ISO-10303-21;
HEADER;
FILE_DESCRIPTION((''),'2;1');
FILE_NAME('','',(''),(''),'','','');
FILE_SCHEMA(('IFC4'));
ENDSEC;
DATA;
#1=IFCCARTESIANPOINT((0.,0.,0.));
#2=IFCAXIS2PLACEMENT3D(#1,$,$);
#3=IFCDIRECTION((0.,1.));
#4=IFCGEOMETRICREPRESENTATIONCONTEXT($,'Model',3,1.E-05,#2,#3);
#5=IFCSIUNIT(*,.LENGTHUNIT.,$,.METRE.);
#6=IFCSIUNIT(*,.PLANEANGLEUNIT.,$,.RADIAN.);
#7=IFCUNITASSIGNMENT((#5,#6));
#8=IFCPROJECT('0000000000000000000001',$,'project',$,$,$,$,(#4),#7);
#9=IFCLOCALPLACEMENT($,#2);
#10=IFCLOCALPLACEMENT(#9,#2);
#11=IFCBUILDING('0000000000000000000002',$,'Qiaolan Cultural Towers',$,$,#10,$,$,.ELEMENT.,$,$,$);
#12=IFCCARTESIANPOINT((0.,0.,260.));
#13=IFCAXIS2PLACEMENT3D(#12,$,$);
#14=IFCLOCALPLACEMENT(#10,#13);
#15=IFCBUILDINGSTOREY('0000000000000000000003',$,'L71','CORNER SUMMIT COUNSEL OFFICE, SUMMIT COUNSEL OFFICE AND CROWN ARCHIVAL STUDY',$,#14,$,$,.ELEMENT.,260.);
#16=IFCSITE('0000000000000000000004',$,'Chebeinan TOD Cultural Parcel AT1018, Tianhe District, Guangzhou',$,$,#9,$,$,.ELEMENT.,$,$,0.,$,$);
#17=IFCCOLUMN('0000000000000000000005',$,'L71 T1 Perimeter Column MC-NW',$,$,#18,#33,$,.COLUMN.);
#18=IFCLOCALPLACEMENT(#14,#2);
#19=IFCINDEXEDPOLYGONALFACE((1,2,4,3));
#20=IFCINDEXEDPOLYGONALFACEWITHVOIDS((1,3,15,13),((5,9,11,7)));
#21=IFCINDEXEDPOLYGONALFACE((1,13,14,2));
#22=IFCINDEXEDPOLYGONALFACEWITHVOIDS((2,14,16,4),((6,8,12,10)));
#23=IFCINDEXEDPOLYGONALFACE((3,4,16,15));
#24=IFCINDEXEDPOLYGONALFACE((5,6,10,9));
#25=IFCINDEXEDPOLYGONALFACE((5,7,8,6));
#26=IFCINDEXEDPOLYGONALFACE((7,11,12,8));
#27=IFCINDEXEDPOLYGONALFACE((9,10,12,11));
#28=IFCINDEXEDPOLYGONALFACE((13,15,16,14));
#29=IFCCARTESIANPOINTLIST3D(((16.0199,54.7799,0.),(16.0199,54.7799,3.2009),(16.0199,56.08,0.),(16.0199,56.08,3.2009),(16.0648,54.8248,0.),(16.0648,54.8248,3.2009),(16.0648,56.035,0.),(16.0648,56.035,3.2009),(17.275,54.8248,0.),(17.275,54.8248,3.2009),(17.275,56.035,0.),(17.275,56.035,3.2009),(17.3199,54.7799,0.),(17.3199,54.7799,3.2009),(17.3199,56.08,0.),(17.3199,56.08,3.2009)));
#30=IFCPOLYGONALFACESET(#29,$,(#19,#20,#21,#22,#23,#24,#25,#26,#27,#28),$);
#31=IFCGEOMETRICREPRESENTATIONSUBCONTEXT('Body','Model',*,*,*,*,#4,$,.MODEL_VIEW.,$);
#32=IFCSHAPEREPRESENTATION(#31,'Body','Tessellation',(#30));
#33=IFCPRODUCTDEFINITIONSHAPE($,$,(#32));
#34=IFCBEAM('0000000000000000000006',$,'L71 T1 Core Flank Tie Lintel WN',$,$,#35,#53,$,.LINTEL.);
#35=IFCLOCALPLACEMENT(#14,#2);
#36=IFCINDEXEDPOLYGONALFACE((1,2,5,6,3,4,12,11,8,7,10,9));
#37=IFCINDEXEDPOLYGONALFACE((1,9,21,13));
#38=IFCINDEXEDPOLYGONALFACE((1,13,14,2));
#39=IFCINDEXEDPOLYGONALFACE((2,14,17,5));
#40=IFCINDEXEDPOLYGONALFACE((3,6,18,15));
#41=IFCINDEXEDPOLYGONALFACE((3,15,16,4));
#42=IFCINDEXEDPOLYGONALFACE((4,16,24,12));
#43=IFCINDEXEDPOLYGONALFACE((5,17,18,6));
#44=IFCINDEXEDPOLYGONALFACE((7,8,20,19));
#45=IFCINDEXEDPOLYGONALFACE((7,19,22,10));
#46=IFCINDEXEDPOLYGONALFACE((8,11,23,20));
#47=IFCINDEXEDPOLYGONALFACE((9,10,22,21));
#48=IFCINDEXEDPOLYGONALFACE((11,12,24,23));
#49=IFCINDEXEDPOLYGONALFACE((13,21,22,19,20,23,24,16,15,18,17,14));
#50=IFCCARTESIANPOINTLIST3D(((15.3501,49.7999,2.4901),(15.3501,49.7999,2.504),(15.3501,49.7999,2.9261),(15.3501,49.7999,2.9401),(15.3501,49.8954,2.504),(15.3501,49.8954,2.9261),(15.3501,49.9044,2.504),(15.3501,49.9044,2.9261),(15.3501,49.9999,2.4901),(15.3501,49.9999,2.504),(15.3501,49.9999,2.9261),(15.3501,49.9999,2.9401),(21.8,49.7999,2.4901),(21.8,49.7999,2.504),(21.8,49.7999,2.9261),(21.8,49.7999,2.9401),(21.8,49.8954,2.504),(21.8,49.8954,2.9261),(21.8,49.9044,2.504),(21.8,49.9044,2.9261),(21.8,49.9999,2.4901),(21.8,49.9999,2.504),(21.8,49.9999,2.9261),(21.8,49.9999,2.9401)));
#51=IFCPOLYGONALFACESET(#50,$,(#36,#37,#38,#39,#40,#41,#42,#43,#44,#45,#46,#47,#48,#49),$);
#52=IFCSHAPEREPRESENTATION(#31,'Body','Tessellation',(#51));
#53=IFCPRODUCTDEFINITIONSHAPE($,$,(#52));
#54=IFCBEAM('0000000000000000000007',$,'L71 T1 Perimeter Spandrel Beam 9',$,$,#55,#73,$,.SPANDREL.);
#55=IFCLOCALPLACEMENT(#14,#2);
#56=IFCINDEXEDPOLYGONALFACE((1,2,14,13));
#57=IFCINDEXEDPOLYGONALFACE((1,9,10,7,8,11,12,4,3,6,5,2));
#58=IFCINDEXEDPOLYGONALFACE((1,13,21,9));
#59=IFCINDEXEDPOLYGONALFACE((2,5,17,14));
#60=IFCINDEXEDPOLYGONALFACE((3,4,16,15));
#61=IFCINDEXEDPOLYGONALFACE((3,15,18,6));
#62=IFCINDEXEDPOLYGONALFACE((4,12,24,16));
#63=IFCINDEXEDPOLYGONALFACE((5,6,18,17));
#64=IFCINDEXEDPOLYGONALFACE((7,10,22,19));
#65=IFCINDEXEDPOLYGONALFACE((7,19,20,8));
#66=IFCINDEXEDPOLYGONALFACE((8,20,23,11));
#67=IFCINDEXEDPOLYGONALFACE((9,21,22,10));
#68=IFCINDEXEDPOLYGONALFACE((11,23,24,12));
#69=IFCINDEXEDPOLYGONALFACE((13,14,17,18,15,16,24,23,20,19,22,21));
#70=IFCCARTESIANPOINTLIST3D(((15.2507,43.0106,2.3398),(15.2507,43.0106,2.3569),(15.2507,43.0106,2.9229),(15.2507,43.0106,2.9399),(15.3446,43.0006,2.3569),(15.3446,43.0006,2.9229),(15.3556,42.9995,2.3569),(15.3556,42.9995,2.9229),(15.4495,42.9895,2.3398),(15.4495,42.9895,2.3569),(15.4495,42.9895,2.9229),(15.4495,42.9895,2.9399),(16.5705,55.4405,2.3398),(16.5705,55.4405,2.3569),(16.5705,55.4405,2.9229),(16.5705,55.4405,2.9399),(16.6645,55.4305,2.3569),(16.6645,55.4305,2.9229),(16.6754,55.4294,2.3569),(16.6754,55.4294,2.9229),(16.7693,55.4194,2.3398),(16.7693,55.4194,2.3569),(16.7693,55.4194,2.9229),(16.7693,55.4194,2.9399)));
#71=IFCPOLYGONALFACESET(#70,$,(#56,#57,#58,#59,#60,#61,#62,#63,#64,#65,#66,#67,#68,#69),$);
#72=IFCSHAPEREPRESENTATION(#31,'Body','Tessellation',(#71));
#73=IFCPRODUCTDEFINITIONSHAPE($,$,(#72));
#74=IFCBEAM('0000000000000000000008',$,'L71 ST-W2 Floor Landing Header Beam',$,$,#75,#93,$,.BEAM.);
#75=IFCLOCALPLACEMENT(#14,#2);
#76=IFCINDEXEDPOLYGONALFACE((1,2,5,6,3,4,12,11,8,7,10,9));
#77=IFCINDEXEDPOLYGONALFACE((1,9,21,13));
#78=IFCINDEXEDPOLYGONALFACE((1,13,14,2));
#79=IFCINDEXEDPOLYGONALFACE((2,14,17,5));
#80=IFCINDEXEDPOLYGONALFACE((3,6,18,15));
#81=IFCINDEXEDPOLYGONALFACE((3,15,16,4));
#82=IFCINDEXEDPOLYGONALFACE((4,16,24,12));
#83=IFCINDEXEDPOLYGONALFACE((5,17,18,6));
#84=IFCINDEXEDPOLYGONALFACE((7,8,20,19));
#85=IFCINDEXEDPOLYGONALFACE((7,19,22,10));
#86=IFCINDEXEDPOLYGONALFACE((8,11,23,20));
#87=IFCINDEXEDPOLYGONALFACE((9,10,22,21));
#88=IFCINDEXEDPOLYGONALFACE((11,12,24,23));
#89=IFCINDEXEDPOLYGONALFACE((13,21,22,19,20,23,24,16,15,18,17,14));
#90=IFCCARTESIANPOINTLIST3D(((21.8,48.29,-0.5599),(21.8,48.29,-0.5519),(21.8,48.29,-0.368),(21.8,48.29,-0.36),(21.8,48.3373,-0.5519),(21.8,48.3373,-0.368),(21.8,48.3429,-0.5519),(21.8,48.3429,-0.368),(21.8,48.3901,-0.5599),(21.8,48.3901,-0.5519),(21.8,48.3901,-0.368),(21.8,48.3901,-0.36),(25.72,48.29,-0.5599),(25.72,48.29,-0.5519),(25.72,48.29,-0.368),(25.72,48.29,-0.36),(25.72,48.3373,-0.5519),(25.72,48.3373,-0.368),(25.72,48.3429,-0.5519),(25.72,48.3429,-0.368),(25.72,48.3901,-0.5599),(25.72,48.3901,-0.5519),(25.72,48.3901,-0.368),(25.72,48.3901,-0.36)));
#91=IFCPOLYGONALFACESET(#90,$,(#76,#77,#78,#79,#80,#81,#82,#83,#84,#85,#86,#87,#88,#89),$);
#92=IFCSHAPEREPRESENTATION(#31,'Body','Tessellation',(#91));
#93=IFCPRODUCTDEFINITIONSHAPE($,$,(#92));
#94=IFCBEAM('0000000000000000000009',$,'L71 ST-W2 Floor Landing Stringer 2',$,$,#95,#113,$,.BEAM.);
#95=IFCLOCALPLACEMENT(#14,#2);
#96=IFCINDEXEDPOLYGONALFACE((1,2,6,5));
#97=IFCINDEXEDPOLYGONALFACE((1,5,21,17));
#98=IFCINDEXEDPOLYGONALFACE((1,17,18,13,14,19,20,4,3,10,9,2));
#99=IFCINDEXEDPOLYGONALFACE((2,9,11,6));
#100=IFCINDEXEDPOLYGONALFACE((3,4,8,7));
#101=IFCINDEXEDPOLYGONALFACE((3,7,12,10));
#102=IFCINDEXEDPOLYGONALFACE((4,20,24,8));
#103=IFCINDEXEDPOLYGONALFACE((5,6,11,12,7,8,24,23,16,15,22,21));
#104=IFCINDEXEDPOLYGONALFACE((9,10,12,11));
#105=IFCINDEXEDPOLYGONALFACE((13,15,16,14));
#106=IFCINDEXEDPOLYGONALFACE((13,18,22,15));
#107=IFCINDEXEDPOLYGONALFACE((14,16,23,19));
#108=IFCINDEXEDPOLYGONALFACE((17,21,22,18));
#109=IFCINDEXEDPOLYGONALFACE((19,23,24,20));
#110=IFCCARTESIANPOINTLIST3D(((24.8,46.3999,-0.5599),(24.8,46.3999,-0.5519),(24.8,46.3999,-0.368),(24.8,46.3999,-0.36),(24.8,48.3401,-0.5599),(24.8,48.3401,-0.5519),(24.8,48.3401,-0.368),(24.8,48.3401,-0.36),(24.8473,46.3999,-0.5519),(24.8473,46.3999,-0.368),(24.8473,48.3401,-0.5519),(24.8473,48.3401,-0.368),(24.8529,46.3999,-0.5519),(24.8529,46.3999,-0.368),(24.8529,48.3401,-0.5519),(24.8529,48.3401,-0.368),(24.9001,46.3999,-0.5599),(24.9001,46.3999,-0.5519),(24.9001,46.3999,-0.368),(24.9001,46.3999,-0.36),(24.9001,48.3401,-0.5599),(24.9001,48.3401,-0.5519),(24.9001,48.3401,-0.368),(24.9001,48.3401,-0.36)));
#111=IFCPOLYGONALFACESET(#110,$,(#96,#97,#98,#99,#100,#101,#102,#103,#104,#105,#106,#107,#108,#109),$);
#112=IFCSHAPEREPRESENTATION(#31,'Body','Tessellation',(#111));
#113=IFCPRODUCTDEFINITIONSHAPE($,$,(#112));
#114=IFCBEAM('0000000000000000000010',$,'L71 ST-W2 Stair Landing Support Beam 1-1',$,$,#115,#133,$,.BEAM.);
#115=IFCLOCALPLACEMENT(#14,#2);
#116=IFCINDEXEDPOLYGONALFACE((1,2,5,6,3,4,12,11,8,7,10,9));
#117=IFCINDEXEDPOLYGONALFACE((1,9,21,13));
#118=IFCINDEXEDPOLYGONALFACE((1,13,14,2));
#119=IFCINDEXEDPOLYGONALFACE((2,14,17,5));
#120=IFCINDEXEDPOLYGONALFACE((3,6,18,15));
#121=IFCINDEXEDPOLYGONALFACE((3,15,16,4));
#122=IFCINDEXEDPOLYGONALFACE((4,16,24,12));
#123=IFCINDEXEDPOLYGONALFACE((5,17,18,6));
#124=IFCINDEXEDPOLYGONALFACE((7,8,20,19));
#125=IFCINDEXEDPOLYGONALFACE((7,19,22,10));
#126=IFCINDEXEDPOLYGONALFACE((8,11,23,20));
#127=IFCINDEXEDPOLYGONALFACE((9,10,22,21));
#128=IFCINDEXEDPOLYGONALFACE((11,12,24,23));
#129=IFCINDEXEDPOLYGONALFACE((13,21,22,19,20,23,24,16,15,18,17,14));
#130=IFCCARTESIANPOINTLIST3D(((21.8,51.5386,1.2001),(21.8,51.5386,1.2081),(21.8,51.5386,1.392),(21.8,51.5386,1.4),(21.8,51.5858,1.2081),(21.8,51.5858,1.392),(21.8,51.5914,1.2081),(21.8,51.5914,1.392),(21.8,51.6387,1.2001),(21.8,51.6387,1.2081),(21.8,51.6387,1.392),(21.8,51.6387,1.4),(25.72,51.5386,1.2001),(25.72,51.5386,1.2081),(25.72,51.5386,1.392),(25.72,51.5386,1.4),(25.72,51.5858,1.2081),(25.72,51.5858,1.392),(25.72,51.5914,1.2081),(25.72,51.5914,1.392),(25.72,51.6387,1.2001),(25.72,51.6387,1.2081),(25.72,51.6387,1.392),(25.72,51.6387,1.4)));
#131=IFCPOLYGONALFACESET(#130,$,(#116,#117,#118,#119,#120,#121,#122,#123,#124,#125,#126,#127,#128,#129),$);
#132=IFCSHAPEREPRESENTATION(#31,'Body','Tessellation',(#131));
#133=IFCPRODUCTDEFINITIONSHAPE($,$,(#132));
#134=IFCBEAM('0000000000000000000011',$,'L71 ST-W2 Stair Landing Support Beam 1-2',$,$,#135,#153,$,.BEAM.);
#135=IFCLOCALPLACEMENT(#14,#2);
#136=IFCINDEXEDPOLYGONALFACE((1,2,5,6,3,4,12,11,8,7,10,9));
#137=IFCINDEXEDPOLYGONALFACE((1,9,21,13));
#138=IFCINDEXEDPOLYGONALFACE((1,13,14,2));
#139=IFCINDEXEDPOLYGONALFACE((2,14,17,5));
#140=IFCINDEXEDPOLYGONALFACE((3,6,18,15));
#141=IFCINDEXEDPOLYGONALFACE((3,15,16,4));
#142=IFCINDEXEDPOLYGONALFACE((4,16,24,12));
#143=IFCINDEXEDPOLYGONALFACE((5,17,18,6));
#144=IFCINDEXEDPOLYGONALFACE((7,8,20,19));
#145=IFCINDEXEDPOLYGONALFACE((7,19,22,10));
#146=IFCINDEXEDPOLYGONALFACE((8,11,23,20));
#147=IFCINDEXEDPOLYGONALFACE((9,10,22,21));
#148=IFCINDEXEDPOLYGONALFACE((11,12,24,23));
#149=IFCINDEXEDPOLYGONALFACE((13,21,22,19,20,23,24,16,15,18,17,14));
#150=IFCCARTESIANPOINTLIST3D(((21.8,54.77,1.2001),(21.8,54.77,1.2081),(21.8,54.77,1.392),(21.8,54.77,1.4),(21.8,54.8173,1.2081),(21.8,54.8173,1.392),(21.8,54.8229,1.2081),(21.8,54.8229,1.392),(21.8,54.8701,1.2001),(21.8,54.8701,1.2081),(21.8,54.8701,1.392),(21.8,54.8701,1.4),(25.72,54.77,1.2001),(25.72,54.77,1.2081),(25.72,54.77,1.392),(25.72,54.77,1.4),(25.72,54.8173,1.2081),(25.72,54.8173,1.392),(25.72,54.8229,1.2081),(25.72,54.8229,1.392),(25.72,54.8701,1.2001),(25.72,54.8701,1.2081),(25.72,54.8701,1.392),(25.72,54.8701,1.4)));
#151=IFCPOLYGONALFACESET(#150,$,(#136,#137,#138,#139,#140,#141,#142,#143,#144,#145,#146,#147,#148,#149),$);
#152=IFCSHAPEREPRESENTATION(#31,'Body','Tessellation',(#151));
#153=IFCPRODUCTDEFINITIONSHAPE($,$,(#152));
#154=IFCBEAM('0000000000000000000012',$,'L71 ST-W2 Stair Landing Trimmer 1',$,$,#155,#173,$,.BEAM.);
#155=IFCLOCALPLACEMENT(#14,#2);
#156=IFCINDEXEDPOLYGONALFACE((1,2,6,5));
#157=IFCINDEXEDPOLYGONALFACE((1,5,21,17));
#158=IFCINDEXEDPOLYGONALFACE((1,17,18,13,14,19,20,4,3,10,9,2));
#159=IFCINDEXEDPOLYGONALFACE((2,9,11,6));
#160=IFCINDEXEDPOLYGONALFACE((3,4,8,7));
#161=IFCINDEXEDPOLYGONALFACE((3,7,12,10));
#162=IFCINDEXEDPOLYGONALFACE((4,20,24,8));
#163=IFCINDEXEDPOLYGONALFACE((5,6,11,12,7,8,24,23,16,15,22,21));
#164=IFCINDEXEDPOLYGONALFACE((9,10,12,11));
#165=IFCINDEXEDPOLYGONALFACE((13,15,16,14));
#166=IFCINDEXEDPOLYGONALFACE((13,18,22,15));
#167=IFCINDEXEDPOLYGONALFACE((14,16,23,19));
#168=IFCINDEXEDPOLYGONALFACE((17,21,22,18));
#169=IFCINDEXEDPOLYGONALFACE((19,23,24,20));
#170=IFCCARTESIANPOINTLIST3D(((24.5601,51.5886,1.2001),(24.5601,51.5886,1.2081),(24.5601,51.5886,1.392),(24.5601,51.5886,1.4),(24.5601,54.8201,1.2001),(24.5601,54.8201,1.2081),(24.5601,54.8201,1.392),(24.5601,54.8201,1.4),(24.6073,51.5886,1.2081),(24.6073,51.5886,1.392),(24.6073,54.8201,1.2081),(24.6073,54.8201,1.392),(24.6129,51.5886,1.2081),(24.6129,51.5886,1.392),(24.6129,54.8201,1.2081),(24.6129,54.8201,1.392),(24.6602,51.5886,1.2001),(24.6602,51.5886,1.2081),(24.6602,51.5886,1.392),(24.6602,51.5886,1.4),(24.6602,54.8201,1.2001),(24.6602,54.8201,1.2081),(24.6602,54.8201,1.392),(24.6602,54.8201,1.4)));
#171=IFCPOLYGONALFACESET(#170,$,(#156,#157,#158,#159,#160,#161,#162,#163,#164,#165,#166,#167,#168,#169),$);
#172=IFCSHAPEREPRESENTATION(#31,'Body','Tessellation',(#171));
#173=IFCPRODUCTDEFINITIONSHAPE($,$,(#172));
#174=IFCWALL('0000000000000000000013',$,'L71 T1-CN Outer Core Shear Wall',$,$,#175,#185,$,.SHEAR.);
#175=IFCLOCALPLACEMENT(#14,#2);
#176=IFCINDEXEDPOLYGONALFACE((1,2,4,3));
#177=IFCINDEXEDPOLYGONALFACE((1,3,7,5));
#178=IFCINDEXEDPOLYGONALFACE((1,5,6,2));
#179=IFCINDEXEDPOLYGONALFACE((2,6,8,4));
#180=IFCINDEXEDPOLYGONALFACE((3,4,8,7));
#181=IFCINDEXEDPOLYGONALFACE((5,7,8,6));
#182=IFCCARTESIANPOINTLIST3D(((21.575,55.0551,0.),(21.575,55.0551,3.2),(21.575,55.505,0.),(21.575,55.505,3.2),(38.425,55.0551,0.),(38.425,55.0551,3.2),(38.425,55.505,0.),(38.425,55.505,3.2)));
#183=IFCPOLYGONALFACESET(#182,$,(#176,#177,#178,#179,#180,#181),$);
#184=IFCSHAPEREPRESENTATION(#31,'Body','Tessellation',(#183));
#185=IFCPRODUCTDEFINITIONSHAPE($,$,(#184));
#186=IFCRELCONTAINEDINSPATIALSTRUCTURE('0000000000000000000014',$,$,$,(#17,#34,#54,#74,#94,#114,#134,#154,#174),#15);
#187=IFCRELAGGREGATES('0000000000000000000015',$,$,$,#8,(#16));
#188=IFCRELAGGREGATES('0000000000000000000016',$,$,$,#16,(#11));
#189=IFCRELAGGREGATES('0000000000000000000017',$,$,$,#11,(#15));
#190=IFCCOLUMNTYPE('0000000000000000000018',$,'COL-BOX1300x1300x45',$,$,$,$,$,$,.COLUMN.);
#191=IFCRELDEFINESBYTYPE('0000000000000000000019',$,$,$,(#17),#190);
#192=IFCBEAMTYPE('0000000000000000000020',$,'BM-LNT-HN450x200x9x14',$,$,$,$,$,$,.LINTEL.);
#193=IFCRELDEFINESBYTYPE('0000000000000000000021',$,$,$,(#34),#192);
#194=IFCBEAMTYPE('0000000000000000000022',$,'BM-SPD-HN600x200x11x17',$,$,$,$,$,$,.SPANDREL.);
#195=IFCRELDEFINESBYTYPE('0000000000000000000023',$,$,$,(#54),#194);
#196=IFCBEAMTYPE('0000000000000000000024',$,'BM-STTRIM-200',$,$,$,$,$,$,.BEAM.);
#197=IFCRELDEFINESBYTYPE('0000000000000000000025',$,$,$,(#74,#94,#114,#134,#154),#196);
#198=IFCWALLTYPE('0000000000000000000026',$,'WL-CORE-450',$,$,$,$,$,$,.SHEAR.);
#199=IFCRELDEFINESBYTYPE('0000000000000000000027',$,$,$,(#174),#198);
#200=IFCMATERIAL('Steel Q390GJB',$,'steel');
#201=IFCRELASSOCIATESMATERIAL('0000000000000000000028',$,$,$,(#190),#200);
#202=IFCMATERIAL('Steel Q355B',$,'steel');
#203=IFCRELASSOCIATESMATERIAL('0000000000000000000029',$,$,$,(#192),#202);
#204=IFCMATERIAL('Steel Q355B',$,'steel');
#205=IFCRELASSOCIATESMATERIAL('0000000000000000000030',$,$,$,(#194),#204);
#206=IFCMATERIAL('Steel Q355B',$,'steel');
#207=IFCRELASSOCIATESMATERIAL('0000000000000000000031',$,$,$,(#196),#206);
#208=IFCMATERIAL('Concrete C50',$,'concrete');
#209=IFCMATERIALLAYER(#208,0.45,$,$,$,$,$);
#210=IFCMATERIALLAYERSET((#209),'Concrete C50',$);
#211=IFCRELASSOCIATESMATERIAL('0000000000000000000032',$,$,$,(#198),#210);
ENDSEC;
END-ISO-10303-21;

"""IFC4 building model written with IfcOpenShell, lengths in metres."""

from ifc_helpers import new_model, si_unit, direction, frame, frame_2d, origin, origin_2d, place, context, subcontext, project, spatial, rectangle, hollow_rectangle, i_section, extrude, material, layer, layer_set, material_profile, profile_set, type_object, element, save


model = new_model("IFC4")

# Units and contexts
model_context = context("Model", 3, precision=1e-05, world=origin(), true_north=direction((0.0, 1.0)))
body_context = subcontext(model_context, "Body", "Model", "MODEL_VIEW")
ifc_project = project(units=[si_unit("LENGTHUNIT", "METRE"), si_unit("PLANEANGLEUNIT", "RADIAN")], contexts=[model_context])

# Site, building, storey
site_placement = place(None, origin())
site = spatial("IfcSite", under=ifc_project, at=site_placement, Name="Chebeinan TOD Cultural Parcel AT1018, Tianhe District, Guangzhou", CompositionType="ELEMENT", RefElevation=0.0)
building_placement = place(site_placement, origin())
building = spatial("IfcBuilding", under=site, at=building_placement, Name="Qiaolan Cultural Towers", CompositionType="ELEMENT")
storey_placement = place(building_placement, frame((0.0, 0.0, 260.0)))
storey = spatial("IfcBuildingStorey", under=building, at=storey_placement, Name="L71", Description="CORNER SUMMIT COUNSEL OFFICE, SUMMIT COUNSEL OFFICE AND CROWN ARCHIVAL STUDY", CompositionType="ELEMENT", Elevation=260.0)

# Column
ifc_material_1 = material(Name="Steel Q390GJB", Category="steel")
ifc_material_profile_1 = material_profile(ifc_material_1, hollow_rectangle(XDim=1.3, YDim=1.3, WallThickness=0.0449, at=origin_2d()), Name="BOX1300x1300x45")
ifc_profile_set_1 = profile_set([ifc_material_profile_1], Name="Steel Q390GJB")
column_type = type_object("IfcColumnType", Name="COL-BOX1300x1300x45", PredefinedType="COLUMN", material=ifc_profile_set_1)
column_placement = place(storey_placement, frame((16.6699, 55.4299, 0.0), z_axis=(0.0, 0.0, 1.0), x_axis=(1.0, 0.0, 0.0)))
element("IfcColumn", 1, at=column_placement, inside=storey, type_object=column_type, Name="L71 T1 Perimeter Column MC-NW", PredefinedType="COLUMN", context=body_context, shape_type="SweptSolid", body=[
    extrude(hollow_rectangle(XDim=1.3, YDim=1.3, WallThickness=0.0449, at=origin_2d()), origin(), (0.0, 0.0, 1.0), 3.2009),
])

# Beams
ifc_material_2 = material(Name="Steel Q355B", Category="steel")
ifc_material_profile_2 = material_profile(ifc_material_2, i_section(OverallWidth=0.2, OverallDepth=0.45, WebThickness=0.009, FlangeThickness=0.0139, at=origin_2d()), Name="HN450x200x9x14")
ifc_profile_set_2 = profile_set([ifc_material_profile_2], Name="Steel Q355B")
beam_type_1 = type_object("IfcBeamType", Name="BM-LNT-HN450x200x9x14", PredefinedType="LINTEL", material=ifc_profile_set_2)
beam_1_placement = place(storey_placement, frame((21.8, 49.8999, 2.7151), z_axis=(-1.0, 0.0, 0.0), x_axis=(0.0, -1.0, 0.0)))
element("IfcBeam", 2, at=beam_1_placement, inside=storey, type_object=beam_type_1, Name="L71 T1 Core Flank Tie Lintel WN", PredefinedType="LINTEL", context=body_context, shape_type="SweptSolid", body=[
    extrude(i_section(OverallWidth=0.2, OverallDepth=0.45, WebThickness=0.009, FlangeThickness=0.0139, at=origin_2d()), origin(), (0.0, 0.0, 1.0), 6.45),
])
ifc_material_3 = material(Name="Steel Q355B", Category="steel")
ifc_material_profile_3 = material_profile(ifc_material_3, i_section(OverallWidth=0.2, OverallDepth=0.6001, WebThickness=0.011, FlangeThickness=0.0171, at=origin_2d()), Name="HN600x200x11x17")
ifc_profile_set_3 = profile_set([ifc_material_profile_3], Name="Steel Q355B")
beam_type_2 = type_object("IfcBeamType", Name="BM-SPD-HN600x200x11x17", PredefinedType="SPANDREL", material=ifc_profile_set_3)
beam_2_placement = place(storey_placement, frame((16.6699, 55.4299, 2.6399), z_axis=(-0.105588, -0.99441, 0.0), x_axis=(0.99441, -0.105588, 0.0)))
element("IfcBeam", 3, at=beam_2_placement, inside=storey, type_object=beam_type_2, Name="L71 T1 Perimeter Spandrel Beam 9", PredefinedType="SPANDREL", context=body_context, shape_type="SweptSolid", body=[
    extrude(i_section(OverallWidth=0.2, OverallDepth=0.6001, WebThickness=0.011, FlangeThickness=0.0171, at=origin_2d()), origin(), (0.0, 0.0, 1.0), 12.4998),
])
ifc_material_4 = material(Name="Steel Q355B", Category="steel")
ifc_material_profile_4 = material_profile(ifc_material_4, i_section(OverallWidth=0.1001, OverallDepth=0.2, WebThickness=0.0056, FlangeThickness=0.0081, at=origin_2d()), Name="HN200x100x5.5x8")
ifc_profile_set_4 = profile_set([ifc_material_profile_4], Name="Steel Q355B")
beam_type_3 = type_object("IfcBeamType", Name="BM-STTRIM-200", PredefinedType="BEAM", material=ifc_profile_set_4)
beam_3_placement = place(storey_placement, frame((21.8, 48.3401, -0.46), z_axis=(1.0, 0.0, 0.0), x_axis=(0.0, 1.0, 0.0)))
element("IfcBeam", 4, at=beam_3_placement, inside=storey, type_object=beam_type_3, Name="L71 ST-W2 Floor Landing Header Beam", PredefinedType="BEAM", context=body_context, shape_type="SweptSolid", body=[
    extrude(i_section(OverallWidth=0.1001, OverallDepth=0.2, WebThickness=0.0056, FlangeThickness=0.0081, at=origin_2d()), origin(), (0.0, 0.0, 1.0), 3.9199),
])
beam_4_placement = place(storey_placement, frame((24.8501, 46.3999, -0.46), z_axis=(0.0, 1.0, 0.0), x_axis=(-1.0, 0.0, 0.0)))
element("IfcBeam", 5, at=beam_4_placement, inside=storey, type_object=beam_type_3, Name="L71 ST-W2 Floor Landing Stringer 2", PredefinedType="BEAM", context=body_context, shape_type="SweptSolid", body=[
    extrude(i_section(OverallWidth=0.1001, OverallDepth=0.2, WebThickness=0.0056, FlangeThickness=0.0081, at=origin_2d()), origin(), (0.0, 0.0, 1.0), 1.9402),
])
for number, where, z_axis, x_axis, name in (
    (6, (21.8, 51.5886, 1.3), (1.0, 0.0, 0.0), (0.0, 1.0, 0.0), "L71 ST-W2 Stair Landing Support Beam 1-1"),
    (7, (21.8, 54.8201, 1.3), (1.0, 0.0, 0.0), (0.0, 1.0, 0.0), "L71 ST-W2 Stair Landing Support Beam 1-2"),
):
    element("IfcBeam", number, at=place(storey_placement, frame(where, z_axis=z_axis, x_axis=x_axis)), inside=storey, type_object=beam_type_3, Name=name, PredefinedType="BEAM", context=body_context, shape_type="SweptSolid", body=[
        extrude(i_section(OverallWidth=0.1001, OverallDepth=0.2, WebThickness=0.0056, FlangeThickness=0.0081, at=origin_2d()), origin(), (0.0, 0.0, 1.0), 3.9199),
    ])
beam_5_placement = place(storey_placement, frame((24.6101, 51.5886, 1.3), z_axis=(0.0, 1.0, 0.0), x_axis=(-1.0, 0.0, 0.0)))
element("IfcBeam", 8, at=beam_5_placement, inside=storey, type_object=beam_type_3, Name="L71 ST-W2 Stair Landing Trimmer 1", PredefinedType="BEAM", context=body_context, shape_type="SweptSolid", body=[
    extrude(i_section(OverallWidth=0.1001, OverallDepth=0.2, WebThickness=0.0056, FlangeThickness=0.0081, at=origin_2d()), origin(), (0.0, 0.0, 1.0), 3.2314),
])

# Wall
ifc_material_5 = material(Name="Concrete C50", Category="concrete")
ifc_layer_1 = layer(ifc_material_5, 0.45)
ifc_layer_set_1 = layer_set([ifc_layer_1], Name="Concrete C50")
wall_type_1 = type_object("IfcWallType", Name="WL-CORE-450", PredefinedType="SHEAR", material=ifc_layer_set_1)
wall_1_placement = place(storey_placement, frame((21.575, 55.28, 0.0), z_axis=(0.0, 0.0, 1.0), x_axis=(1.0, 0.0, 0.0)))
element("IfcWall", 9, at=wall_1_placement, inside=storey, type_object=wall_type_1, Name="L71 T1-CN Outer Core Shear Wall", PredefinedType="SHEAR", context=body_context, shape_type="SweptSolid", body=[
    extrude(rectangle(XDim=16.8501, YDim=0.45, at=frame_2d((8.425, 0.0))), origin(), (0.0, 0.0, 1.0), 3.2),
])

save(model, "model.ifc")
